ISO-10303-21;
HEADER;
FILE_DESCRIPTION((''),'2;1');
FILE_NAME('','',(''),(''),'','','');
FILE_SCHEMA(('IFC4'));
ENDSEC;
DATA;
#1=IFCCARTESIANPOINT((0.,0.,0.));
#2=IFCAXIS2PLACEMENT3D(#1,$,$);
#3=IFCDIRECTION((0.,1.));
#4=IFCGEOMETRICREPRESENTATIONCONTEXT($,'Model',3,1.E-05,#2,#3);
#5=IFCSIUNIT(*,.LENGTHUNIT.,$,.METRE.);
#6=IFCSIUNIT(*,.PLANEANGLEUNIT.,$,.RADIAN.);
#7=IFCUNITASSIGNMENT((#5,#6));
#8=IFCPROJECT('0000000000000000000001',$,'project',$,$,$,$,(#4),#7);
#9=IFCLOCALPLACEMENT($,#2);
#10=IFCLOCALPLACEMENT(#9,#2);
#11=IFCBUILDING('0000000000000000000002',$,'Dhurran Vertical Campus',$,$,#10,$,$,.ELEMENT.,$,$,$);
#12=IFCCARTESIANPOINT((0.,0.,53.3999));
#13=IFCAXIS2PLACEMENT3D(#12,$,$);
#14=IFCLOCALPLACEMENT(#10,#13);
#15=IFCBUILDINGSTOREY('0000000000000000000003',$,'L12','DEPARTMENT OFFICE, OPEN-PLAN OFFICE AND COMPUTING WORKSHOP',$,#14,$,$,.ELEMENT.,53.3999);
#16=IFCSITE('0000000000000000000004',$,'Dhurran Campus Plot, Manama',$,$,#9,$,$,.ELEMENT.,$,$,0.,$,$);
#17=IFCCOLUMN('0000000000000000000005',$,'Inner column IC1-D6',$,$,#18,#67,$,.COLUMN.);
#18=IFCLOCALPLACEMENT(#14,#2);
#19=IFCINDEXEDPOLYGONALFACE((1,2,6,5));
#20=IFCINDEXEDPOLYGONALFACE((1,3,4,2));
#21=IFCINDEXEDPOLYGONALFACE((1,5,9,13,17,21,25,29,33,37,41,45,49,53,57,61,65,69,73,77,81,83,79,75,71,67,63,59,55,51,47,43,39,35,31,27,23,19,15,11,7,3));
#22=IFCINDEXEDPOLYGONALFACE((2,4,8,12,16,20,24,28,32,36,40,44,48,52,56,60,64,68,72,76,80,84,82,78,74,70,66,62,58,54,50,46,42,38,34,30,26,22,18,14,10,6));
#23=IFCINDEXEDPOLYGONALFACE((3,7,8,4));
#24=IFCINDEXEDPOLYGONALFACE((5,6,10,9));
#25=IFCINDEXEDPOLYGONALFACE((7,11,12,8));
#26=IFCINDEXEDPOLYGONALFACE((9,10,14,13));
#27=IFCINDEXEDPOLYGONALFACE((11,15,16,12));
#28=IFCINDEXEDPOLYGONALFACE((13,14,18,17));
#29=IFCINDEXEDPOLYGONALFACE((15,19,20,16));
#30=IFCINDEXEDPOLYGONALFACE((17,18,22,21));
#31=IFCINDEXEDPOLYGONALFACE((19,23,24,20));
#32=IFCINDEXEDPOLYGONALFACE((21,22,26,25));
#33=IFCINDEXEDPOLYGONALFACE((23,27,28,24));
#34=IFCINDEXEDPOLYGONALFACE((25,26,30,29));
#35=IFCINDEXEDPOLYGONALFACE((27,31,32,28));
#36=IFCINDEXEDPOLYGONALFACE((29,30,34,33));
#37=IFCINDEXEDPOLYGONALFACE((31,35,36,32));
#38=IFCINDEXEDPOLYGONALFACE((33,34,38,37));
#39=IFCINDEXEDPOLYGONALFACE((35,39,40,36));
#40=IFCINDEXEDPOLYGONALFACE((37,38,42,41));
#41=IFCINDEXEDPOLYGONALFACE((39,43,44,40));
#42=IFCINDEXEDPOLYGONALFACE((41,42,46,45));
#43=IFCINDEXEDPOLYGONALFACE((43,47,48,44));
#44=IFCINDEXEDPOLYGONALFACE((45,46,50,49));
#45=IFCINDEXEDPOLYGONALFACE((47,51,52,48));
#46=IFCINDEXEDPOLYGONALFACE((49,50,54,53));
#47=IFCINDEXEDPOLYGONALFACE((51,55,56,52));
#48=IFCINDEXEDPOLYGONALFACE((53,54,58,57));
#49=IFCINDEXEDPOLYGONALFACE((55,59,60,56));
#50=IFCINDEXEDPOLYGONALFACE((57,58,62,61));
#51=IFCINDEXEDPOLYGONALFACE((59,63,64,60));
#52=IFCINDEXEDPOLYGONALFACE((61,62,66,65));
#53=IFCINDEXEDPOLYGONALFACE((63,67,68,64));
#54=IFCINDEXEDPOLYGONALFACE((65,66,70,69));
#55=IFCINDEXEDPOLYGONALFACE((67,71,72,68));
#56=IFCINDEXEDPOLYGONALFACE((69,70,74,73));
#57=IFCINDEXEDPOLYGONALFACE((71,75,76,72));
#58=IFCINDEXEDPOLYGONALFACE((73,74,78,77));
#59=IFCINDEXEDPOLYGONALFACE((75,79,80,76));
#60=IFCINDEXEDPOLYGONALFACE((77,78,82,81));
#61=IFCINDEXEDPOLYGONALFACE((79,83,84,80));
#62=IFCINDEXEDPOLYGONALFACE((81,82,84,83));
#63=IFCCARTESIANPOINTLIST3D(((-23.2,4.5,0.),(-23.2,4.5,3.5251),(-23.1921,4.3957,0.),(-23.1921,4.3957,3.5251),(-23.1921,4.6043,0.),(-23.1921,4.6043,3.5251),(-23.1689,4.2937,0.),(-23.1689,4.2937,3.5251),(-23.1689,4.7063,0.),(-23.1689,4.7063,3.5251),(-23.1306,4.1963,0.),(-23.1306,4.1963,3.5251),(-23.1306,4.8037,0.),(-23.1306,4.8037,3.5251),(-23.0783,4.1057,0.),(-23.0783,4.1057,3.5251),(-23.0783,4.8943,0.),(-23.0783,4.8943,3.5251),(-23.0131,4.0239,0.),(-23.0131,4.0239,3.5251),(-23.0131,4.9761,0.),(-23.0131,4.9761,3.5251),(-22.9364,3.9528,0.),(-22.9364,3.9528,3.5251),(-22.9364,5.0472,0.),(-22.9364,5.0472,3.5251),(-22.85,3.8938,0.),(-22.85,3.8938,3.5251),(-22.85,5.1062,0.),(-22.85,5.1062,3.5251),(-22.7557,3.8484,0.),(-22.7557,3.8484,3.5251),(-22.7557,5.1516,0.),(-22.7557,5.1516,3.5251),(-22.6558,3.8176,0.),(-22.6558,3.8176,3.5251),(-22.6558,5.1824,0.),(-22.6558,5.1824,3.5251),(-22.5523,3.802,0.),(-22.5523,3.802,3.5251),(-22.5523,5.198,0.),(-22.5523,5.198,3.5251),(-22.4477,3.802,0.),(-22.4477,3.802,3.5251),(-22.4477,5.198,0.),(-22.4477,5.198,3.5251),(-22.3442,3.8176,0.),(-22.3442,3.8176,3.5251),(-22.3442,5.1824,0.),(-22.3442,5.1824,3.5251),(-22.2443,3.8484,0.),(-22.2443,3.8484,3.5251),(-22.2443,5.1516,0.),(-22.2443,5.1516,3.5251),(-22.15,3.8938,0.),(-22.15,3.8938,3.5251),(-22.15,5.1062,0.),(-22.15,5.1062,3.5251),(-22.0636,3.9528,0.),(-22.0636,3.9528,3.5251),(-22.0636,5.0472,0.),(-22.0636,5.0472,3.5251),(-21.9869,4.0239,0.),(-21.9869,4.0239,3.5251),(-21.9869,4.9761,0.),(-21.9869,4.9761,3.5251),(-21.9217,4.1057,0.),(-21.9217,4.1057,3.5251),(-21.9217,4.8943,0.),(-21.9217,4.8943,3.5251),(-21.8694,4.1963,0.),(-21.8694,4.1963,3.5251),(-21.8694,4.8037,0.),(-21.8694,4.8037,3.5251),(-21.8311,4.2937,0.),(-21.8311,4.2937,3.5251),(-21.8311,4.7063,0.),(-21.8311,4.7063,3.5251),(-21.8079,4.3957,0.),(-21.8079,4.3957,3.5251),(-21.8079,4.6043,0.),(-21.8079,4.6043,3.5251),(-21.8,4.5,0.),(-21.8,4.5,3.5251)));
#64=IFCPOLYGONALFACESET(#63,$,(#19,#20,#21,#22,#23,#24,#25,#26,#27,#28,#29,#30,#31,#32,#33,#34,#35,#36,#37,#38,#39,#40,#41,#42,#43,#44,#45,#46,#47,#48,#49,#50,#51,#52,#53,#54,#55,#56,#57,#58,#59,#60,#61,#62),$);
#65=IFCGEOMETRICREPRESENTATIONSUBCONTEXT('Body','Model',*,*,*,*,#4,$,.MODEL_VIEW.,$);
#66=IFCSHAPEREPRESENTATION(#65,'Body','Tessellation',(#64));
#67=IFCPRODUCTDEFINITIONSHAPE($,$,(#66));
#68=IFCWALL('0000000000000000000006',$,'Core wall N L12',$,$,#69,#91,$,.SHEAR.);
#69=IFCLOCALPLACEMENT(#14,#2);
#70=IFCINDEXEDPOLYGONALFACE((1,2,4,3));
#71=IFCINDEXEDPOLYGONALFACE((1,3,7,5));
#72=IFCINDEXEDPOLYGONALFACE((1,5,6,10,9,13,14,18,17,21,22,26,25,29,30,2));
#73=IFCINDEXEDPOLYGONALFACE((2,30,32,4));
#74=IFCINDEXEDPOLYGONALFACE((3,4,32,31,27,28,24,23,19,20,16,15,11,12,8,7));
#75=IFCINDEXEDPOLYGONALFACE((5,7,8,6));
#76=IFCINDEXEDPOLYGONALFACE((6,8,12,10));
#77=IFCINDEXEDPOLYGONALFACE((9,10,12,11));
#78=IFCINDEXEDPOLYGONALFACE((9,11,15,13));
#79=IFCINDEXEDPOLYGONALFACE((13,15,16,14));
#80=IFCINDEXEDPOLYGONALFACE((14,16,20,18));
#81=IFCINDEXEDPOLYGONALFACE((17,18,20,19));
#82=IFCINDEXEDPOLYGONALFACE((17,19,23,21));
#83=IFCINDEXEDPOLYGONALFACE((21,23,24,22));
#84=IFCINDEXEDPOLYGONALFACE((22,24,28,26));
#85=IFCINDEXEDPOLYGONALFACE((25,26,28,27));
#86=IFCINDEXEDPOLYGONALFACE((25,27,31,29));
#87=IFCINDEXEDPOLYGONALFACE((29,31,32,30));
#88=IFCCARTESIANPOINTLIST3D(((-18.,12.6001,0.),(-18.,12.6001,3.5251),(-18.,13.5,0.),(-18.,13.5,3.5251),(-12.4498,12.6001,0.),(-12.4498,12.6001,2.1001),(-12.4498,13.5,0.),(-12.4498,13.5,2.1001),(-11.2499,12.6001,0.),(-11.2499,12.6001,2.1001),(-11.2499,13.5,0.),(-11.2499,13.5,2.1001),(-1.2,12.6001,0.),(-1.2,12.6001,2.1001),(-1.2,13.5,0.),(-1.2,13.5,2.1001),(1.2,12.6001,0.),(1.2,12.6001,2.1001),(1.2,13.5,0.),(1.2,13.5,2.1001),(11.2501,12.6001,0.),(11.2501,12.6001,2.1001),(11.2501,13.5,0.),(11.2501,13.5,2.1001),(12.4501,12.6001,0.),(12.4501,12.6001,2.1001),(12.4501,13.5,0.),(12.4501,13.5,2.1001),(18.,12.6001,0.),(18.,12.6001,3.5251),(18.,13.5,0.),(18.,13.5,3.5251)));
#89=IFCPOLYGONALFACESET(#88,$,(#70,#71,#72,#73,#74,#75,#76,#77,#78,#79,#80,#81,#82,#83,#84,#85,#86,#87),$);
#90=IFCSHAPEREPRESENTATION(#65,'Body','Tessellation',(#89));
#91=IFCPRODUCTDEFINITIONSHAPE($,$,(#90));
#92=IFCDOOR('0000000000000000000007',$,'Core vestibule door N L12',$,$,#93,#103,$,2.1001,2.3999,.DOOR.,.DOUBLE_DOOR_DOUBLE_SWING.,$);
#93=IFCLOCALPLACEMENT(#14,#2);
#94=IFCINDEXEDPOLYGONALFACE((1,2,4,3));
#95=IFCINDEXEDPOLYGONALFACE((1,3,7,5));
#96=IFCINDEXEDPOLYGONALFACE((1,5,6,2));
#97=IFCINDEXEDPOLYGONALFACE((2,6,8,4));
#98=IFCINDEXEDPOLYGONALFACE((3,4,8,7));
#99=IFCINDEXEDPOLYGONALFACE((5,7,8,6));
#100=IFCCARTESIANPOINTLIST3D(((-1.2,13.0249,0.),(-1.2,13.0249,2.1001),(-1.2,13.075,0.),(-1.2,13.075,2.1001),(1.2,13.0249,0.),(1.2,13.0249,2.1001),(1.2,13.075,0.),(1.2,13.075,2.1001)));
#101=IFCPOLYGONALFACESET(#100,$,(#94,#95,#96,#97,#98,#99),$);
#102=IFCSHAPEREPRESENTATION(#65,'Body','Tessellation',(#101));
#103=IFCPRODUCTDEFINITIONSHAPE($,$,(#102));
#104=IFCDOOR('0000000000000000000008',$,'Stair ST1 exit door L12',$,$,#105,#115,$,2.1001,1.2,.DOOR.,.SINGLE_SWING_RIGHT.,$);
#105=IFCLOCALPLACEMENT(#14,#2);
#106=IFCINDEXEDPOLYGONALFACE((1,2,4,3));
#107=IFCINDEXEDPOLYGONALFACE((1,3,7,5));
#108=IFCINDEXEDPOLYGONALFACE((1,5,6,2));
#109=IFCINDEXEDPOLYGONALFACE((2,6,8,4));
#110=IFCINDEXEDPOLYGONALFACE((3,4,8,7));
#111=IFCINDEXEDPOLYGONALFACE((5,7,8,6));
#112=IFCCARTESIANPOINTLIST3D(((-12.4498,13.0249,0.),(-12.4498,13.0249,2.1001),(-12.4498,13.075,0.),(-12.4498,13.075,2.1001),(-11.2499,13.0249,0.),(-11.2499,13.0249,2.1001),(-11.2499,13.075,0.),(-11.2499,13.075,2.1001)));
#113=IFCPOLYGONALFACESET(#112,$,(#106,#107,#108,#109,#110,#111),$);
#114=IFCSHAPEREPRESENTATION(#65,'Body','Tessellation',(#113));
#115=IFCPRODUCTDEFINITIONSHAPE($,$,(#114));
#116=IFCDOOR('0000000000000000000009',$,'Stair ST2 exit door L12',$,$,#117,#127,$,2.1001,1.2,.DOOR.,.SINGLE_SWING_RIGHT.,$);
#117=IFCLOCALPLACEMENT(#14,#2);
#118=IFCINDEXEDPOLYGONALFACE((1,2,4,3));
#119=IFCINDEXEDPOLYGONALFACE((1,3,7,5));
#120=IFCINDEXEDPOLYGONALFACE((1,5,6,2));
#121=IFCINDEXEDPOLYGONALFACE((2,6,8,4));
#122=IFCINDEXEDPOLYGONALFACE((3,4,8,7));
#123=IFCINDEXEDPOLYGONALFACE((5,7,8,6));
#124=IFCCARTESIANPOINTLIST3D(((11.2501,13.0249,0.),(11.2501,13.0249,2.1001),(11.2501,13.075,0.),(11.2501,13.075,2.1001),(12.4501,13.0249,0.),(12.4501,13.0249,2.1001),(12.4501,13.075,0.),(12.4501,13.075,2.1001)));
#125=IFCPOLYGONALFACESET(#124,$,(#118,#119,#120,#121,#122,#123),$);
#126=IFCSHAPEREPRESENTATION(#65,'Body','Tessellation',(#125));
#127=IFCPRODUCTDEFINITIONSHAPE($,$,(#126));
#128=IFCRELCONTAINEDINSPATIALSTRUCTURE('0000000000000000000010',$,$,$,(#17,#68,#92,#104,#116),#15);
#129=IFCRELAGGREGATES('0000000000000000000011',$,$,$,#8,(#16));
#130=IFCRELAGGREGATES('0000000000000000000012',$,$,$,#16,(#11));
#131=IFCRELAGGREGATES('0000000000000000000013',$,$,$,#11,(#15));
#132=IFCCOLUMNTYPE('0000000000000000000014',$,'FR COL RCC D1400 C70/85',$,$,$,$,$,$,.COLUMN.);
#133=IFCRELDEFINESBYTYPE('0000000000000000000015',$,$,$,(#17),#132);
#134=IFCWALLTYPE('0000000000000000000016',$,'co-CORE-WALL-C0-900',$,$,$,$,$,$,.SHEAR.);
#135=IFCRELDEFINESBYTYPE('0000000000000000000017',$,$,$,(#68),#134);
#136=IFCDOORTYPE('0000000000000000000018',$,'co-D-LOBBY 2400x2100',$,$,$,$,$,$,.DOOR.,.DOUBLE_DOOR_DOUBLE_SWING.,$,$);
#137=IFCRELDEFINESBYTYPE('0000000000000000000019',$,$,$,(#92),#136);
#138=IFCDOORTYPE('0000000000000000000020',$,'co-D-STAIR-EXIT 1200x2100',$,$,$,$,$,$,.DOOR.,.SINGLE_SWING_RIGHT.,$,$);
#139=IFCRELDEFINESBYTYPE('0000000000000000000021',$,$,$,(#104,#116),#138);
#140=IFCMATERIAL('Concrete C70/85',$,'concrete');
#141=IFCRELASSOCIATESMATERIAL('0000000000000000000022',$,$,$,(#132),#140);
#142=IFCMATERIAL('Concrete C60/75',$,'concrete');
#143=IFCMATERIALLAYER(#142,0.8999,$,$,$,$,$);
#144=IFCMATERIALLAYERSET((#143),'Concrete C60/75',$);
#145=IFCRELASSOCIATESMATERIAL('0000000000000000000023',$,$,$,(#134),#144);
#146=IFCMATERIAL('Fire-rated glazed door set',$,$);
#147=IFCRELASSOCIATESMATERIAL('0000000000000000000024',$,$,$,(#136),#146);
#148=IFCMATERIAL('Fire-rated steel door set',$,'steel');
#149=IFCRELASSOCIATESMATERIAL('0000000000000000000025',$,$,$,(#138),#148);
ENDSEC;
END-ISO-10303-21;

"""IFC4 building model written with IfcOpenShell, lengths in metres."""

from ifc_helpers import new_model, si_unit, direction, frame, frame_2d, origin, origin_2d, place, context, subcontext, project, spatial, rectangle, circle, extrude, material, layer, layer_set, material_profile, profile_set, type_object, element, fill, save


model = new_model("IFC4")

# Units and contexts
model_context = context("Model", 3, precision=1e-05, world=origin(), true_north=direction((0.0, 1.0)))
body_context = subcontext(model_context, "Body", "Model", "MODEL_VIEW")
ifc_project = project(units=[si_unit("LENGTHUNIT", "METRE"), si_unit("PLANEANGLEUNIT", "RADIAN")], contexts=[model_context])

# Site, building, storey
site_placement = place(None, origin())
site = spatial("IfcSite", under=ifc_project, at=site_placement, Name="Dhurran Campus Plot, Manama", CompositionType="ELEMENT", RefElevation=0.0)
building_placement = place(site_placement, origin())
building = spatial("IfcBuilding", under=site, at=building_placement, Name="Dhurran Vertical Campus", CompositionType="ELEMENT")
storey_placement = place(building_placement, frame((0.0, 0.0, 53.3999)))
storey = spatial("IfcBuildingStorey", under=building, at=storey_placement, Name="L12", Description="DEPARTMENT OFFICE, OPEN-PLAN OFFICE AND COMPUTING WORKSHOP", CompositionType="ELEMENT", Elevation=53.3999)

# Column
ifc_material_1 = material(Name="Concrete C70/85", Category="concrete")
ifc_material_profile = material_profile(ifc_material_1, circle(Radius=0.7, at=origin_2d()), Name="RCC D1400")
ifc_profile_set = profile_set([ifc_material_profile], Name="Concrete C70/85")
column_type = type_object("IfcColumnType", Name="FR COL RCC D1400 C70/85", PredefinedType="COLUMN", material=ifc_profile_set)
column_placement = place(storey_placement, frame((-22.5, 4.5, 0.0), z_axis=(0.0, 0.0, 1.0), x_axis=(1.0, 0.0, 0.0)))
element("IfcColumn", 1, at=column_placement, inside=storey, type_object=column_type, Name="Inner column IC1-D6", PredefinedType="COLUMN", context=body_context, shape_type="SweptSolid", body=[
    extrude(circle(Radius=0.7, at=origin_2d()), origin(), (0.0, 0.0, 1.0), 3.5251),
])

# Wall, openings, doors
ifc_material_2 = material(Name="Concrete C60/75", Category="concrete")
ifc_layer_1 = layer(ifc_material_2, 0.8999)
ifc_layer_set_1 = layer_set([ifc_layer_1], Name="Concrete C60/75")
wall_type_1 = type_object("IfcWallType", Name="co-CORE-WALL-C0-900", PredefinedType="SHEAR", material=ifc_layer_set_1)
wall_1_placement = place(storey_placement, frame((-18.0, 13.05, 0.0), z_axis=(0.0, 0.0, 1.0), x_axis=(1.0, 0.0, 0.0)))
wall_1 = element("IfcWall", 2, at=wall_1_placement, inside=storey, type_object=wall_type_1, Name="Core wall N L12", PredefinedType="SHEAR", context=body_context, shape_type="SweptSolid", body=[
    extrude(rectangle(XDim=36.0, YDim=0.8999, at=frame_2d((18.0, 0.0))), origin(), (0.0, 0.0, 1.0), 3.5251),
])
opening_1_placement = place(wall_1_placement, frame((16.8, 0.0, 0.0)))
opening_1 = element("IfcOpeningElement", 3, at=opening_1_placement, cuts=wall_1, PredefinedType="OPENING", context=body_context, shape_type="SweptSolid", body=[
    extrude(rectangle(XDim=2.3999, YDim=2.1001, at=frame_2d((1.2, 1.05))), frame((0.0, 0.46, 0.0), z_axis=(0.0, -1.0, 0.0), x_axis=(1.0, 0.0, 0.0)), (0.0, 0.0, 1.0), 0.9199),
])
opening_2_placement = place(wall_1_placement, frame((5.55, 0.0, 0.0)))
opening_2 = element("IfcOpeningElement", 4, at=opening_2_placement, cuts=wall_1, PredefinedType="OPENING", context=body_context, shape_type="SweptSolid", body=[
    extrude(rectangle(XDim=1.2, YDim=2.1001, at=frame_2d((0.6001, 1.05))), frame((0.0, 0.46, 0.0), z_axis=(0.0, -1.0, 0.0), x_axis=(1.0, 0.0, 0.0)), (0.0, 0.0, 1.0), 0.9199),
])
opening_3_placement = place(wall_1_placement, frame((29.25, 0.0, 0.0)))
opening_3 = element("IfcOpeningElement", 5, at=opening_3_placement, cuts=wall_1, PredefinedType="OPENING", context=body_context, shape_type="SweptSolid", body=[
    extrude(rectangle(XDim=1.2, YDim=2.1001, at=frame_2d((0.6001, 1.05))), frame((0.0, 0.46, 0.0), z_axis=(0.0, -1.0, 0.0), x_axis=(1.0, 0.0, 0.0)), (0.0, 0.0, 1.0), 0.9199),
])
ifc_material_3 = material(Name="Fire-rated glazed door set")
door_type_1 = type_object("IfcDoorType", Name="co-D-LOBBY 2400x2100", OperationType="DOUBLE_DOOR_DOUBLE_SWING", PredefinedType="DOOR", material=ifc_material_3)
door_1_placement = place(opening_1_placement, origin())
door_1 = element("IfcDoor", 6, at=door_1_placement, inside=storey, type_object=door_type_1, Name="Core vestibule door N L12", OperationType="DOUBLE_DOOR_DOUBLE_SWING", OverallHeight=2.1001, OverallWidth=2.3999, PredefinedType="DOOR", context=body_context, shape_type="SweptSolid", body=[
    extrude(rectangle(XDim=2.3999, YDim=2.1001, at=frame_2d((1.2, 1.05))), frame((0.0, 0.0249, 0.0), z_axis=(0.0, -1.0, 0.0), x_axis=(1.0, 0.0, 0.0)), (0.0, 0.0, 1.0), 0.05),
])
fill(opening_1, door_1)
ifc_material_4 = material(Name="Fire-rated steel door set", Category="steel")
door_type_2 = type_object("IfcDoorType", Name="co-D-STAIR-EXIT 1200x2100", OperationType="SINGLE_SWING_RIGHT", PredefinedType="DOOR", material=ifc_material_4)
door_2_placement = place(opening_2_placement, origin())
door_2 = element("IfcDoor", 7, at=door_2_placement, inside=storey, type_object=door_type_2, Name="Stair ST1 exit door L12", OperationType="SINGLE_SWING_RIGHT", OverallHeight=2.1001, OverallWidth=1.2, PredefinedType="DOOR", context=body_context, shape_type="SweptSolid", body=[
    extrude(rectangle(XDim=1.2, YDim=2.1001, at=frame_2d((0.6001, 1.05))), frame((0.0, 0.0249, 0.0), z_axis=(0.0, -1.0, 0.0), x_axis=(1.0, 0.0, 0.0)), (0.0, 0.0, 1.0), 0.05),
])
fill(opening_2, door_2)
door_3_placement = place(opening_3_placement, origin())
door_3 = element("IfcDoor", 8, at=door_3_placement, inside=storey, type_object=door_type_2, Name="Stair ST2 exit door L12", OperationType="SINGLE_SWING_RIGHT", OverallHeight=2.1001, OverallWidth=1.2, PredefinedType="DOOR", context=body_context, shape_type="SweptSolid", body=[
    extrude(rectangle(XDim=1.2, YDim=2.1001, at=frame_2d((0.6001, 1.05))), frame((0.0, 0.0249, 0.0), z_axis=(0.0, -1.0, 0.0), x_axis=(1.0, 0.0, 0.0)), (0.0, 0.0, 1.0), 0.05),
])
fill(opening_3, door_3)

save(model, "model.ifc")
